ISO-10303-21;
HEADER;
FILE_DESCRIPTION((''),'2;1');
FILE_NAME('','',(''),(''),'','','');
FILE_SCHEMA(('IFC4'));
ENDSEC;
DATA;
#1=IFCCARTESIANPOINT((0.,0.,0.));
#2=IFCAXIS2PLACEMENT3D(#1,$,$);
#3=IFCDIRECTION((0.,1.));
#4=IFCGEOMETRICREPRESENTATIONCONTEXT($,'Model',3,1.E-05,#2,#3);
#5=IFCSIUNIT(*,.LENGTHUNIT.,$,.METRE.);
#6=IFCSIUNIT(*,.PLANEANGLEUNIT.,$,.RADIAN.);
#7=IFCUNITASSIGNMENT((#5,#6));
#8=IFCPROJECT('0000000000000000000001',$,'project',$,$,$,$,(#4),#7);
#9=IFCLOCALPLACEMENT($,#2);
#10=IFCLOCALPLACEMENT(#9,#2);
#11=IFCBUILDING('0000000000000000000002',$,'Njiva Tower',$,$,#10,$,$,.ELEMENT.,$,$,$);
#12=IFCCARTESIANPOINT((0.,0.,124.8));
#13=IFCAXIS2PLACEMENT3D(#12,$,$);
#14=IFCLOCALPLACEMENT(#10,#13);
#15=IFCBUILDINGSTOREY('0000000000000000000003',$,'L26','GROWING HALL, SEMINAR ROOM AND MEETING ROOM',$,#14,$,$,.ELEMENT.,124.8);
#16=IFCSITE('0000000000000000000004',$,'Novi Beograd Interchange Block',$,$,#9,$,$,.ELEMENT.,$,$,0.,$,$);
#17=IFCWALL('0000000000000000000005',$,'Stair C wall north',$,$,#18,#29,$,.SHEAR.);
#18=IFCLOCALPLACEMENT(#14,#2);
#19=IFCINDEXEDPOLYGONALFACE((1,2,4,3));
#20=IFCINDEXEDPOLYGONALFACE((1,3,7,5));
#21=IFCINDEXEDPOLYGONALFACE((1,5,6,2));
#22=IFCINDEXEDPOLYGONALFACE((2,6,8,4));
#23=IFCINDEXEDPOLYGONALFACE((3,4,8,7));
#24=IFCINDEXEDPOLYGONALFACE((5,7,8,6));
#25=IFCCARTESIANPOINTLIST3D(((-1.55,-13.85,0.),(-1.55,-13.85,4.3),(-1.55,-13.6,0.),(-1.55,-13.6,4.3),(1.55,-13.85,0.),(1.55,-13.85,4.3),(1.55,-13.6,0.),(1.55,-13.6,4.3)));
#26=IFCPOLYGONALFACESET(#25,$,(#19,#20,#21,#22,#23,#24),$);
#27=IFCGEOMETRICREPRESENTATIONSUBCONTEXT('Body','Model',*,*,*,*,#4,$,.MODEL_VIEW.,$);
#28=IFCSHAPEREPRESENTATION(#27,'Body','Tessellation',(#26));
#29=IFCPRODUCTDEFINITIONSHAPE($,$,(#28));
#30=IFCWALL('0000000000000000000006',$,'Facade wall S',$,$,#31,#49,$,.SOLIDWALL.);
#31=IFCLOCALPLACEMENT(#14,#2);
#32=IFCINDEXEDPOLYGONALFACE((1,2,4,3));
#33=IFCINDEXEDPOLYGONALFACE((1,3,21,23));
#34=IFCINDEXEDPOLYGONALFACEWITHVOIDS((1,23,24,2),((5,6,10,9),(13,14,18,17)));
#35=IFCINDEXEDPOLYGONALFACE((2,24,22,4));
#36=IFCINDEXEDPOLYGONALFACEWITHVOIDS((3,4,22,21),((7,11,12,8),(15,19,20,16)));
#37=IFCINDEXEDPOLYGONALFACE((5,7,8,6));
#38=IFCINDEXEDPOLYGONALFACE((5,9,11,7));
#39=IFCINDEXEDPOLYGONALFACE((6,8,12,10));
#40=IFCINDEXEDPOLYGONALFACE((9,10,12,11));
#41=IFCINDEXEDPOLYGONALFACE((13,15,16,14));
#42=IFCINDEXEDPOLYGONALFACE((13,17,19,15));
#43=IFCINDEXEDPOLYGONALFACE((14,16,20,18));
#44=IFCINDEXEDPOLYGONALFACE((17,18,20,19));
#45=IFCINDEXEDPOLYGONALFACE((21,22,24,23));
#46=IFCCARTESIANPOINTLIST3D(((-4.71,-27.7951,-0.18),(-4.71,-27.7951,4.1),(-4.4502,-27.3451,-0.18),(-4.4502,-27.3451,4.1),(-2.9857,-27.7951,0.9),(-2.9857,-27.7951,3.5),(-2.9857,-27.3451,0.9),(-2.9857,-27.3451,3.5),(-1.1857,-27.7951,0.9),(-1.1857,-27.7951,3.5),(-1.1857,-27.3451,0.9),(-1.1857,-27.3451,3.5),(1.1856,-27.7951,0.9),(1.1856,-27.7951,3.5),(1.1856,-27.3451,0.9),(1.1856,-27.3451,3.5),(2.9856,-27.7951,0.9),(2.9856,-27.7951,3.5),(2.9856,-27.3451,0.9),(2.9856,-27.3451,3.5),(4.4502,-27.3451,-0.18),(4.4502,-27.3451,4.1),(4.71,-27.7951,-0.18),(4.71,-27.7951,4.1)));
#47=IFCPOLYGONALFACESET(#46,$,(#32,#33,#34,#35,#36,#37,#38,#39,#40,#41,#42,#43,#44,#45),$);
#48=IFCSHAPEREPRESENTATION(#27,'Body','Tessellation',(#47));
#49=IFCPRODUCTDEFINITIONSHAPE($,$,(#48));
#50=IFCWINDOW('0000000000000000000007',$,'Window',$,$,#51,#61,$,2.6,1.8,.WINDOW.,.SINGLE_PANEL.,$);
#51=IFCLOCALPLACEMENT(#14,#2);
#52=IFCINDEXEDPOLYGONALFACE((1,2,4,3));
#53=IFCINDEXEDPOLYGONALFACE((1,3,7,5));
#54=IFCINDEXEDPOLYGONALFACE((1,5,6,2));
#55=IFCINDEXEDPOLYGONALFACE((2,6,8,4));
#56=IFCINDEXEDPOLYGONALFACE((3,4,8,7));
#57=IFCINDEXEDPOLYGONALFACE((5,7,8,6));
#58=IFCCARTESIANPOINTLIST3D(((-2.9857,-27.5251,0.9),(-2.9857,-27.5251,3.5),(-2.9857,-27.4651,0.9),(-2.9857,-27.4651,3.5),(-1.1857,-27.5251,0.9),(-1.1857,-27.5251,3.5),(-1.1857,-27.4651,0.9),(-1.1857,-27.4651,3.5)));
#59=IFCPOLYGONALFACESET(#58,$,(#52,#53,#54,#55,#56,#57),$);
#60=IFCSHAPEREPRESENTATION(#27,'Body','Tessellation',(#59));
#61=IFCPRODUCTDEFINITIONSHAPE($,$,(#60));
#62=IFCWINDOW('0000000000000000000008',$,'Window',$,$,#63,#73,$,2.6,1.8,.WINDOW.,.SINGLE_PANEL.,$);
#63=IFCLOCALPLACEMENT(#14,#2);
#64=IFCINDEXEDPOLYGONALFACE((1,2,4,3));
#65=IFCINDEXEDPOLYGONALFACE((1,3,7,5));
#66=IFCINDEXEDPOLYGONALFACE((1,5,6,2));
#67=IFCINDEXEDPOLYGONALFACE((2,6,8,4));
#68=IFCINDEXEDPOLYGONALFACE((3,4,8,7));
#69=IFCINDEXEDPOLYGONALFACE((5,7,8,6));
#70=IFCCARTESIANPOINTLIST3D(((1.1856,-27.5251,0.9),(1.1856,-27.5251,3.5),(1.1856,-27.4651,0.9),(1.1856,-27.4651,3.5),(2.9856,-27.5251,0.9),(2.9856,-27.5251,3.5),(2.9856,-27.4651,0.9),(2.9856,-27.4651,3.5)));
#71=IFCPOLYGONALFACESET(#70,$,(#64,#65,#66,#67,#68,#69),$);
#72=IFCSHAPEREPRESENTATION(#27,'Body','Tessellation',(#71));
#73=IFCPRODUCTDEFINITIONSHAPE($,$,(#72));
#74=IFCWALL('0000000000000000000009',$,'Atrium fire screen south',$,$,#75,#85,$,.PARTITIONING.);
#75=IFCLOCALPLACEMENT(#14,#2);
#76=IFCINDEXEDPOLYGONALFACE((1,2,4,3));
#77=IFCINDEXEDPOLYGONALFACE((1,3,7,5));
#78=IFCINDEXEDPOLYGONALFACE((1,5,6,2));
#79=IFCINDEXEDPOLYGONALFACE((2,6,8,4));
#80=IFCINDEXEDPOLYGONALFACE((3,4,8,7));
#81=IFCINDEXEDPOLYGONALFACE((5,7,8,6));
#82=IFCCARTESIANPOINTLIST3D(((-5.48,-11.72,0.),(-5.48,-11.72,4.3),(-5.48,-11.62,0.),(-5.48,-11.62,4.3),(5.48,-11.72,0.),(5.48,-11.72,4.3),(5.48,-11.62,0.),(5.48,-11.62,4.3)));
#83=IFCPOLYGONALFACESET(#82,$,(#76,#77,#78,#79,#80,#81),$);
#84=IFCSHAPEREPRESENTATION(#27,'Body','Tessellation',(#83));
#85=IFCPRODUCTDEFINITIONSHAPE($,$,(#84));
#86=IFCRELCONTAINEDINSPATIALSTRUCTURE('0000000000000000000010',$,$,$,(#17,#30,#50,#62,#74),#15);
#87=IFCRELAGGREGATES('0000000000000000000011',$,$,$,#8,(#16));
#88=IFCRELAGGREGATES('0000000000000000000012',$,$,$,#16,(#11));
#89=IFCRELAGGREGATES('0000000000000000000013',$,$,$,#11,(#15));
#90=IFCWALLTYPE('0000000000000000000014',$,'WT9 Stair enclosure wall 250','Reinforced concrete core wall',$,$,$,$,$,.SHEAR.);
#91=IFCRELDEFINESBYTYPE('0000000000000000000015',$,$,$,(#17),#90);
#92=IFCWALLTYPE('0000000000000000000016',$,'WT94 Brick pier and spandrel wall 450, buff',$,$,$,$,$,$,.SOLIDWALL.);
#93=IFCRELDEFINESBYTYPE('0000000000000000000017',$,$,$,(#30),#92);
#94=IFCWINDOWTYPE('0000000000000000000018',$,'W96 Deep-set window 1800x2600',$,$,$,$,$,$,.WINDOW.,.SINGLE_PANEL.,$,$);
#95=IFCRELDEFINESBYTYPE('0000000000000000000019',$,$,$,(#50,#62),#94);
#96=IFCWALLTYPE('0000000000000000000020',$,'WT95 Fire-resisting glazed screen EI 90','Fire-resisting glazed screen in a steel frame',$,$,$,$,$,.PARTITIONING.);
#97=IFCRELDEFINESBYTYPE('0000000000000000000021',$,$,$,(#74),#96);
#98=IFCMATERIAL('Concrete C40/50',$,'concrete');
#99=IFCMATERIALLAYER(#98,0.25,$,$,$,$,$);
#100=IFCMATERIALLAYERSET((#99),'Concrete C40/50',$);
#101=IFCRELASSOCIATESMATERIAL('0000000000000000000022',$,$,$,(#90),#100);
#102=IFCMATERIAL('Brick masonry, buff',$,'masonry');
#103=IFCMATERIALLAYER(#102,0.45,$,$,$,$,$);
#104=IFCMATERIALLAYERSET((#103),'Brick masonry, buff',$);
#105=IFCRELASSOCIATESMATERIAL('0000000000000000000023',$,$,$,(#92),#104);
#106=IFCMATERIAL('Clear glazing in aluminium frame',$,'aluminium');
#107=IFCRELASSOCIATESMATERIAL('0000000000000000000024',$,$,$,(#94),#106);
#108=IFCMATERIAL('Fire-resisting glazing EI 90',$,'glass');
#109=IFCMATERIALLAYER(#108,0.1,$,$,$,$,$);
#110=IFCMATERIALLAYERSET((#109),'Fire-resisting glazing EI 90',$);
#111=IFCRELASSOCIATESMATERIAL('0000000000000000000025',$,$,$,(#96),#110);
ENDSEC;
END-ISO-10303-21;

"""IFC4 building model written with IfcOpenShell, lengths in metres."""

from ifc_helpers import new_model, si_unit, direction, frame, frame_2d, origin, place, context, subcontext, project, spatial, polyline, rectangle, outline, extrude, material, layer, layer_set, type_object, element, fill, save


model = new_model("IFC4")

# Units and contexts
model_context = context("Model", 3, precision=1e-05, world=origin(), true_north=direction((0.0, 1.0)))
body_context = subcontext(model_context, "Body", "Model", "MODEL_VIEW")
ifc_project = project(units=[si_unit("LENGTHUNIT", "METRE"), si_unit("PLANEANGLEUNIT", "RADIAN")], contexts=[model_context])

# Site, building, storey
site_placement = place(None, origin())
site = spatial("IfcSite", under=ifc_project, at=site_placement, Name="Novi Beograd Interchange Block", CompositionType="ELEMENT", RefElevation=0.0)
building_placement = place(site_placement, origin())
building = spatial("IfcBuilding", under=site, at=building_placement, Name="Njiva Tower", CompositionType="ELEMENT")
storey_placement = place(building_placement, frame((0.0, 0.0, 124.8)))
storey = spatial("IfcBuildingStorey", under=building, at=storey_placement, Name="L26", Description="GROWING HALL, SEMINAR ROOM AND MEETING ROOM", CompositionType="ELEMENT", Elevation=124.8)

# Wall
ifc_material_1 = material(Name="Concrete C40/50", Category="concrete")
ifc_layer_1 = layer(ifc_material_1, 0.25)
ifc_layer_set_1 = layer_set([ifc_layer_1], Name="Concrete C40/50")
wall_type_1 = type_object("IfcWallType", Name="WT9 Stair enclosure wall 250", Description="Reinforced concrete core wall", PredefinedType="SHEAR", material=ifc_layer_set_1)
for number, where, z_axis, x_axis, name in (
    (1, (-1.55, -13.725, 0.0), (0.0, 0.0, 1.0), (1.0, 0.0, 0.0), "Stair C wall north"),
):
    element("IfcWall", number, at=place(storey_placement, frame(where, z_axis=z_axis, x_axis=x_axis)), inside=storey, type_object=wall_type_1, Name=name, PredefinedType="SHEAR", context=body_context, shape_type="SweptSolid", body=[
        extrude(rectangle(XDim=3.1, YDim=0.25, at=frame_2d((1.55, 0.0))), origin(), (0.0, 0.0, 1.0), 4.3),
    ])

# Wall, openings, windows
ifc_material_2 = material(Name="Brick masonry, buff", Category="masonry")
ifc_layer_2 = layer(ifc_material_2, 0.45)
ifc_layer_set_2 = layer_set([ifc_layer_2], Name="Brick masonry, buff")
wall_type_2 = type_object("IfcWallType", Name="WT94 Brick pier and spandrel wall 450, buff", PredefinedType="SOLIDWALL", material=ifc_layer_set_2)
wall_1_placement = place(storey_placement, frame((-4.5801, -27.5701, -0.18), z_axis=(0.0, 0.0, 1.0), x_axis=(1.0, 0.0, 0.0)))
wall_1 = element("IfcWall", 2, at=wall_1_placement, inside=storey, type_object=wall_type_2, Name="Facade wall S", PredefinedType="SOLIDWALL", context=body_context, shape_type="SweptSolid", body=[
    extrude(outline(polyline([(-0.1299, -0.225), (9.2901, -0.225), (9.0303, 0.225), (0.1299, 0.225), (-0.1299, -0.225)])), origin(), (0.0, 0.0, 1.0), 4.28),
])
opening_1_placement = place(wall_1_placement, frame((1.5944, 0.0, 1.08)))
opening_1 = element("IfcOpeningElement", 3, at=opening_1_placement, cuts=wall_1, PredefinedType="OPENING", context=body_context, shape_type="SweptSolid", body=[
    extrude(rectangle(XDim=1.8, YDim=2.6, at=frame_2d((0.9, 1.3))), frame((0.0, 0.235, 0.0), z_axis=(0.0, -1.0, 0.0), x_axis=(1.0, 0.0, 0.0)), (0.0, 0.0, 1.0), 0.47),
])
opening_2_placement = place(wall_1_placement, frame((5.7657, 0.0, 1.08)))
opening_2 = element("IfcOpeningElement", 4, at=opening_2_placement, cuts=wall_1, PredefinedType="OPENING", context=body_context, shape_type="SweptSolid", body=[
    extrude(rectangle(XDim=1.8, YDim=2.6, at=frame_2d((0.9, 1.3))), frame((0.0, 0.235, 0.0), z_axis=(0.0, -1.0, 0.0), x_axis=(1.0, 0.0, 0.0)), (0.0, 0.0, 1.0), 0.47),
])
ifc_material_3 = material(Name="Clear glazing in aluminium frame", Category="aluminium")
window_type = type_object("IfcWindowType", Name="W96 Deep-set window 1800x2600", PartitioningType="SINGLE_PANEL", PredefinedType="WINDOW", material=ifc_material_3)
window_1_placement = place(opening_1_placement, origin())
window_1 = element("IfcWindow", 5, at=window_1_placement, inside=storey, type_object=window_type, Name="Window", OverallHeight=2.6, OverallWidth=1.8, PartitioningType="SINGLE_PANEL", PredefinedType="WINDOW", context=body_context, shape_type="SweptSolid", body=[
    extrude(rectangle(XDim=1.8, YDim=2.6, at=frame_2d((0.9, 1.3))), frame((0.0, 0.105, 0.0), z_axis=(0.0, -1.0, 0.0), x_axis=(1.0, 0.0, 0.0)), (0.0, 0.0, 1.0), 0.06),
])
fill(opening_1, window_1)
window_2_placement = place(opening_2_placement, origin())
window_2 = element("IfcWindow", 6, at=window_2_placement, inside=storey, type_object=window_type, Name="Window", OverallHeight=2.6, OverallWidth=1.8, PartitioningType="SINGLE_PANEL", PredefinedType="WINDOW", context=body_context, shape_type="SweptSolid", body=[
    extrude(rectangle(XDim=1.8, YDim=2.6, at=frame_2d((0.9, 1.3))), frame((0.0, 0.105, 0.0), z_axis=(0.0, -1.0, 0.0), x_axis=(1.0, 0.0, 0.0)), (0.0, 0.0, 1.0), 0.06),
])
fill(opening_2, window_2)

# Wall
ifc_material_4 = material(Name="Fire-resisting glazing EI 90", Category="glass")
ifc_layer_3 = layer(ifc_material_4, 0.1)
ifc_layer_set_3 = layer_set([ifc_layer_3], Name="Fire-resisting glazing EI 90")
wall_type_3 = type_object("IfcWallType", Name="WT95 Fire-resisting glazed screen EI 90", Description="Fire-resisting glazed screen in a steel frame", PredefinedType="PARTITIONING", material=ifc_layer_set_3)
wall_2_placement = place(storey_placement, frame((-5.48, -11.67, 0.0), z_axis=(0.0, 0.0, 1.0), x_axis=(1.0, 0.0, 0.0)))
element("IfcWall", 7, at=wall_2_placement, inside=storey, type_object=wall_type_3, Name="Atrium fire screen south", PredefinedType="PARTITIONING", context=body_context, shape_type="SweptSolid", body=[
    extrude(rectangle(XDim=10.96, YDim=0.1, at=frame_2d((5.48, 0.0))), origin(), (0.0, 0.0, 1.0), 4.3),
])

save(model, "model.ifc")
